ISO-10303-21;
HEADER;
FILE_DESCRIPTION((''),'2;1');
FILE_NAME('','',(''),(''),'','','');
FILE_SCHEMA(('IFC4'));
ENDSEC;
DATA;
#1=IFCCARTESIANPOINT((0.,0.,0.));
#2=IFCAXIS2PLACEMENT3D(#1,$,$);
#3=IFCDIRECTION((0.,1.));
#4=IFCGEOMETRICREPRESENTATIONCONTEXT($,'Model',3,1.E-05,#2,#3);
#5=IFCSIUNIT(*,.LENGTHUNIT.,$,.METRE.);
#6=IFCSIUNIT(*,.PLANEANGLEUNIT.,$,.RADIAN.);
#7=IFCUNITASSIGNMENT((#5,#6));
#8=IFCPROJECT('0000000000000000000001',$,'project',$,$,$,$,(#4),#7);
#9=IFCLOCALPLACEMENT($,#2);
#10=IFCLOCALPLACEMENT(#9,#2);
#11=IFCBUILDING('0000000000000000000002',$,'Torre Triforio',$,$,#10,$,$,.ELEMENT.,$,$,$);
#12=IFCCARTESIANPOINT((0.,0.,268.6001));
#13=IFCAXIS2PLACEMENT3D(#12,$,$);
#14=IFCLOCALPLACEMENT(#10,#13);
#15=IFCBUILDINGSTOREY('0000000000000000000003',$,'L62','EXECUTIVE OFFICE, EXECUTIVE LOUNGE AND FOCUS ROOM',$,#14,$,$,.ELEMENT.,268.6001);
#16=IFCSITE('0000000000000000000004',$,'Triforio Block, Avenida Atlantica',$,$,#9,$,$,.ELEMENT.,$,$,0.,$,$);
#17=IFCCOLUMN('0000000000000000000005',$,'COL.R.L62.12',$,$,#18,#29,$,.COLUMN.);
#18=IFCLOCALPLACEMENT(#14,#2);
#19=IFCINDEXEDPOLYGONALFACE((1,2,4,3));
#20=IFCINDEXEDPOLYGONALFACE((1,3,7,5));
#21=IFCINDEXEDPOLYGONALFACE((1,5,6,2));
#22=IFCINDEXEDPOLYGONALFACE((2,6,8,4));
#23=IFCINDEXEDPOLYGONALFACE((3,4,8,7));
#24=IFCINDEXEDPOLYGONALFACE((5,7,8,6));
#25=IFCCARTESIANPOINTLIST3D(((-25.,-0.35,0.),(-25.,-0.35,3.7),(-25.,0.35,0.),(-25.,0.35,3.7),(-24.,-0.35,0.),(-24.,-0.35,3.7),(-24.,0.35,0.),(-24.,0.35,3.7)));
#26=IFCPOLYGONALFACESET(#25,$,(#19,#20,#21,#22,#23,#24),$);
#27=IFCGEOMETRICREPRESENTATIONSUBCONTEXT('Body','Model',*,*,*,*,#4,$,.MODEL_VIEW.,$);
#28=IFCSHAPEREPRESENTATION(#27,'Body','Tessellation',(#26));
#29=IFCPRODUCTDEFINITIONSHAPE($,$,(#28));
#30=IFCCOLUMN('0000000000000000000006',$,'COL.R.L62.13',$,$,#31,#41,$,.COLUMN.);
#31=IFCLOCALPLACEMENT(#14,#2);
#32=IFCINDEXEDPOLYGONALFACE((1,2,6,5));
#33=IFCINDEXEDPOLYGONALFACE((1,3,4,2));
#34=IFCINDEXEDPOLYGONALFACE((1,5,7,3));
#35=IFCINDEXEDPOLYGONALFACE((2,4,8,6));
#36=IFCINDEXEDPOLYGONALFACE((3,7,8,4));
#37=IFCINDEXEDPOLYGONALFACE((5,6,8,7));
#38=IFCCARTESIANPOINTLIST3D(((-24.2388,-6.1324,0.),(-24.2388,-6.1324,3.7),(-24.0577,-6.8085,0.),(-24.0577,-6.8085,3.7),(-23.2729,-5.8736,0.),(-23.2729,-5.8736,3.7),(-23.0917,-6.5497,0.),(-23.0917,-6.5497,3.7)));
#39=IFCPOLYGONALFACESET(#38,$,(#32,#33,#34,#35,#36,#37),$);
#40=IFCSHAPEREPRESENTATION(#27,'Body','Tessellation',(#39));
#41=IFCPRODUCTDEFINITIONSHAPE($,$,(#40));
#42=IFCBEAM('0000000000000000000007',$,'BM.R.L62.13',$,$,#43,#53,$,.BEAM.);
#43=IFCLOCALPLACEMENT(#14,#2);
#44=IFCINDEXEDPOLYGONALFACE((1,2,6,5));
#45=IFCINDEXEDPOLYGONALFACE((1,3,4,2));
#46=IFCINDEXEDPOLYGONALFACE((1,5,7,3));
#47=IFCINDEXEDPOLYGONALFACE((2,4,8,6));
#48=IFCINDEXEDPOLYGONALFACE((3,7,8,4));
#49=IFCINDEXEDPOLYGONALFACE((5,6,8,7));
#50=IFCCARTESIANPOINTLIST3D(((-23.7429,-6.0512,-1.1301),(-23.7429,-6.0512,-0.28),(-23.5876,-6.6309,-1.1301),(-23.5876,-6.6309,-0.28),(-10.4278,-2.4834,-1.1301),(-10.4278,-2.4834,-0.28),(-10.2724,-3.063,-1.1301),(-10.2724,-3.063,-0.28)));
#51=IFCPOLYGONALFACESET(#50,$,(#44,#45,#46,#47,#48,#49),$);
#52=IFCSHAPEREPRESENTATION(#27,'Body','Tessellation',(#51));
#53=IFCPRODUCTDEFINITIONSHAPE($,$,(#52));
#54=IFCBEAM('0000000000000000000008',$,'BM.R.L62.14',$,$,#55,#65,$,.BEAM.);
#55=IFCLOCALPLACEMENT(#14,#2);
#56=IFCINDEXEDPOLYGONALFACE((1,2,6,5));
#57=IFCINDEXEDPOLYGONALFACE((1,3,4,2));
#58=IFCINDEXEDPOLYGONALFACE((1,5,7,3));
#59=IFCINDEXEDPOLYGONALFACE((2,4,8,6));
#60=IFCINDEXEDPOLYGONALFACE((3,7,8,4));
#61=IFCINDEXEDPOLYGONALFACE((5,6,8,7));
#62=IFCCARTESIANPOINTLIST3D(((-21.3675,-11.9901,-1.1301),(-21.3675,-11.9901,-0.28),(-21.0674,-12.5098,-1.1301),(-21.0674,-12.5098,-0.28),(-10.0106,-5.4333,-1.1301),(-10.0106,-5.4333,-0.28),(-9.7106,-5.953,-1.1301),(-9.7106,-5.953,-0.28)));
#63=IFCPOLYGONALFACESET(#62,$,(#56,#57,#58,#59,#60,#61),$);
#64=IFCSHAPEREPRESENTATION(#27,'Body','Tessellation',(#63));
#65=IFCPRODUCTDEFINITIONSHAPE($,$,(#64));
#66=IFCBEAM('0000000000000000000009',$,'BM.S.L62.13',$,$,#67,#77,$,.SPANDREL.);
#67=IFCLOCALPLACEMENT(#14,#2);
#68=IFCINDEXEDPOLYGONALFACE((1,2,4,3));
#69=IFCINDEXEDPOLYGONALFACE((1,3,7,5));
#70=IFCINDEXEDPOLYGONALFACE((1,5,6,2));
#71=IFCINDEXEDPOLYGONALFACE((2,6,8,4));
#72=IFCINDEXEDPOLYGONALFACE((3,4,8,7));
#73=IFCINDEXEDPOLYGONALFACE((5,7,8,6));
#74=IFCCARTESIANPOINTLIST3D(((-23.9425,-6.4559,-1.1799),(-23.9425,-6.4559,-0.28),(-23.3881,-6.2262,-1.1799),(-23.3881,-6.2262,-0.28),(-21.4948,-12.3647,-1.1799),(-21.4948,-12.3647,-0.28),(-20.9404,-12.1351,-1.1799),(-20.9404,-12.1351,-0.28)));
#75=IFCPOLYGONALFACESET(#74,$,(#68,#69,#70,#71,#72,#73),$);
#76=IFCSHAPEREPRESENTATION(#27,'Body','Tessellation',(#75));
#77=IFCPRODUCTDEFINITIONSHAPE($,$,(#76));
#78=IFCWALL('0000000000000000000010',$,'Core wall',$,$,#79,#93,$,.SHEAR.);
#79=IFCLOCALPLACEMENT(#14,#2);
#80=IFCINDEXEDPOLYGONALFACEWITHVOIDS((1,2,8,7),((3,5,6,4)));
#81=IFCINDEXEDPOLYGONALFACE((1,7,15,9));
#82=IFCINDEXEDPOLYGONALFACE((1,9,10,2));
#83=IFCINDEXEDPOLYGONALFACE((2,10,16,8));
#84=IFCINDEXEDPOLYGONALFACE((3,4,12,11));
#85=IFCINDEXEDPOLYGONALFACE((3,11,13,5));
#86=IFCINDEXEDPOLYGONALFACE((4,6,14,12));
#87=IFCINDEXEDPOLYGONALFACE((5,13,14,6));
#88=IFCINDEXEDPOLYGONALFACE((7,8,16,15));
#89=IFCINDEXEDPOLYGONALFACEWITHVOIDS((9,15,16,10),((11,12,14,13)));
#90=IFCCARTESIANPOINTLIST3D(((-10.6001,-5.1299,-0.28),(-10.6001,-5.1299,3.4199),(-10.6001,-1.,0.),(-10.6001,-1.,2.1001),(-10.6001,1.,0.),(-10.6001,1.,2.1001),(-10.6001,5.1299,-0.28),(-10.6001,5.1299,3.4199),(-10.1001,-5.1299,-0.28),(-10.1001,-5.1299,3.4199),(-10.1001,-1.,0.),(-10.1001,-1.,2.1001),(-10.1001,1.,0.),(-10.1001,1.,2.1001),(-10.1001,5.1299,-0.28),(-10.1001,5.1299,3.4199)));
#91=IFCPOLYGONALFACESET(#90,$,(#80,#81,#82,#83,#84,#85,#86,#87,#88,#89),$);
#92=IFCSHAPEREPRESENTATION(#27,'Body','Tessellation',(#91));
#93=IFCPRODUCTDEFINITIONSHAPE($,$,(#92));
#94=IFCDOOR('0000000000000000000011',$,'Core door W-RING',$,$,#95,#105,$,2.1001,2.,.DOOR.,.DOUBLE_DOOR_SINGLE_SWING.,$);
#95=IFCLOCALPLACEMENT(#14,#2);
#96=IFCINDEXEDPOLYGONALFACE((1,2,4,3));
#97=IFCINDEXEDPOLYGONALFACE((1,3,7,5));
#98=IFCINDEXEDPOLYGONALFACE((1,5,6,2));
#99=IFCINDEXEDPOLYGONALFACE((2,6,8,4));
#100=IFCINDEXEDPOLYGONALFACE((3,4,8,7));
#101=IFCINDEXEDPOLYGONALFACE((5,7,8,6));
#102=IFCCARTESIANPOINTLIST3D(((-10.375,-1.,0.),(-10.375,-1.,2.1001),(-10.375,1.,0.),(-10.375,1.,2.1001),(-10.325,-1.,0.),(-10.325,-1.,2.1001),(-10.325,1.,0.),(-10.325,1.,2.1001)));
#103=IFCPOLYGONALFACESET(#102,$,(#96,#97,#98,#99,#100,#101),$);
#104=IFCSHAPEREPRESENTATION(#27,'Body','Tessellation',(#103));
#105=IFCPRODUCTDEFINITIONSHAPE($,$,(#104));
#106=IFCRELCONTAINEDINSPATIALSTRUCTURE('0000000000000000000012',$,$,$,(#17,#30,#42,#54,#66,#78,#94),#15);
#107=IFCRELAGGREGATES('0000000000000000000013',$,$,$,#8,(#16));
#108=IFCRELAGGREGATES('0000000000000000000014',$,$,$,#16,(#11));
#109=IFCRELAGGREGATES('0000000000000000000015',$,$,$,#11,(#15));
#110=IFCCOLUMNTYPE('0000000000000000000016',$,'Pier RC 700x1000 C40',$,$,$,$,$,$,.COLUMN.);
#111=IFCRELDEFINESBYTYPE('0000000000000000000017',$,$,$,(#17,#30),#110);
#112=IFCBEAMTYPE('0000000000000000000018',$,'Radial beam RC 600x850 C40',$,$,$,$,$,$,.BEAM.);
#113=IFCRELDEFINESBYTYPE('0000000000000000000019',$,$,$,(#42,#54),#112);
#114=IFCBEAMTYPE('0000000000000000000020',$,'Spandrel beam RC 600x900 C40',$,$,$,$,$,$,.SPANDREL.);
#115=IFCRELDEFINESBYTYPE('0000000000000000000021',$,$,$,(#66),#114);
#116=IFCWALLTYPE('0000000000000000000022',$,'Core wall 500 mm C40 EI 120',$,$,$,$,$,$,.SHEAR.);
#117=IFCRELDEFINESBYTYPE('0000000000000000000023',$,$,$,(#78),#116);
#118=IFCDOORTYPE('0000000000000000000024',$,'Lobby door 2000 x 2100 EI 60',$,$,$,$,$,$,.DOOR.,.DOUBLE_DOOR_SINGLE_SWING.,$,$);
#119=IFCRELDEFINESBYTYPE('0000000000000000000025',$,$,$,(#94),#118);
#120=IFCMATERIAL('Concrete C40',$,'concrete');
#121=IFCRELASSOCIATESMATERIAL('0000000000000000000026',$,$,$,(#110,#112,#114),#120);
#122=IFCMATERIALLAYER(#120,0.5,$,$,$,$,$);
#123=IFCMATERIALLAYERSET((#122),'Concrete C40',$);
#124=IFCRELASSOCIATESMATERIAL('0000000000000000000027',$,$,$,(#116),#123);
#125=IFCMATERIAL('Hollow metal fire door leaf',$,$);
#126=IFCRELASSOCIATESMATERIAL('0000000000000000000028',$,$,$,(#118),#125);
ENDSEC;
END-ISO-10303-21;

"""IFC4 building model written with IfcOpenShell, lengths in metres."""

from ifc_helpers import new_model, si_unit, direction, frame, frame_2d, origin, origin_2d, place, context, subcontext, project, spatial, rectangle, extrude, material, layer, layer_set, material_profile, profile_set, type_object, element, fill, save


model = new_model("IFC4")

# Units and contexts
model_context = context("Model", 3, precision=1e-05, world=origin(), true_north=direction((0.0, 1.0)))
body_context = subcontext(model_context, "Body", "Model", "MODEL_VIEW")
ifc_project = project(units=[si_unit("LENGTHUNIT", "METRE"), si_unit("PLANEANGLEUNIT", "RADIAN")], contexts=[model_context])

# Site, building, storey
site_placement = place(None, origin())
site = spatial("IfcSite", under=ifc_project, at=site_placement, Name="Triforio Block, Avenida Atlantica", CompositionType="ELEMENT", RefElevation=0.0)
building_placement = place(site_placement, origin())
building = spatial("IfcBuilding", under=site, at=building_placement, Name="Torre Triforio", CompositionType="ELEMENT")
storey_placement = place(building_placement, frame((0.0, 0.0, 268.6001)))
storey = spatial("IfcBuildingStorey", under=building, at=storey_placement, Name="L62", Description="EXECUTIVE OFFICE, EXECUTIVE LOUNGE AND FOCUS ROOM", CompositionType="ELEMENT", Elevation=268.6001)

# Columns
ifc_material_1 = material(Name="Concrete C40", Category="concrete")
ifc_material_profile_1 = material_profile(ifc_material_1, rectangle(XDim=0.7, YDim=1.0, at=origin_2d()), Name="RC 700x1000")
ifc_profile_set_1 = profile_set([ifc_material_profile_1], Name="Concrete C40")
column_type = type_object("IfcColumnType", Name="Pier RC 700x1000 C40", PredefinedType="COLUMN", material=ifc_profile_set_1)
for number, where, z_axis, x_axis, name in (
    (1, (-24.5, 0.0, 0.0), (0.0, 0.0, 1.0), (0.0, -1.0, 0.0), "COL.R.L62.12"),
    (2, (-23.6653, -6.3411, 0.0), (0.0, 0.0, 1.0), (0.258819, -0.965926, 0.0), "COL.R.L62.13"),
):
    element("IfcColumn", number, at=place(storey_placement, frame(where, z_axis=z_axis, x_axis=x_axis)), inside=storey, type_object=column_type, Name=name, PredefinedType="COLUMN", context=body_context, shape_type="SweptSolid", body=[
        extrude(rectangle(XDim=0.7, YDim=1.0, at=origin_2d()), origin(), (0.0, 0.0, 1.0), 3.7),
    ])

# Beams
ifc_material_profile_2 = material_profile(ifc_material_1, rectangle(XDim=0.6001, YDim=0.8501, at=origin_2d()), Name="RC 600x850")
ifc_profile_set_2 = profile_set([ifc_material_profile_2], Name="Concrete C40")
beam_type_1 = type_object("IfcBeamType", Name="Radial beam RC 600x850 C40", PredefinedType="BEAM", material=ifc_profile_set_2)
beam_1_placement = place(storey_placement, frame((-10.3501, -2.7732, -0.7051), z_axis=(-0.965924, -0.258824, 0.0), x_axis=(0.258824, -0.965924, 0.0)))
element("IfcBeam", 3, at=beam_1_placement, inside=storey, type_object=beam_type_1, Name="BM.R.L62.13", PredefinedType="BEAM", context=body_context, shape_type="SweptSolid", body=[
    extrude(rectangle(XDim=0.6001, YDim=0.8501, at=origin_2d()), origin(), (0.0, 0.0, 1.0), 13.7849),
])
beam_2_placement = place(storey_placement, frame((-9.8606, -5.6931, -0.7051), z_axis=(-0.866027, -0.499997, 0.0), x_axis=(0.499997, -0.866027, 0.0)))
element("IfcBeam", 4, at=beam_2_placement, inside=storey, type_object=beam_type_1, Name="BM.R.L62.14", PredefinedType="BEAM", context=body_context, shape_type="SweptSolid", body=[
    extrude(rectangle(XDim=0.6001, YDim=0.8501, at=origin_2d()), origin(), (0.0, 0.0, 1.0), 13.1138),
])
ifc_material_profile_3 = material_profile(ifc_material_1, rectangle(XDim=0.6001, YDim=0.8999, at=origin_2d()), Name="RC 600x900")
ifc_profile_set_3 = profile_set([ifc_material_profile_3], Name="Concrete C40")
beam_type_2 = type_object("IfcBeamType", Name="Spandrel beam RC 600x900 C40", PredefinedType="SPANDREL", material=ifc_profile_set_3)
beam_3_placement = place(storey_placement, frame((-23.6653, -6.3411, -0.73), z_axis=(0.382709, -0.923869, 0.0), x_axis=(0.923869, 0.382709, 0.0)))
element("IfcBeam", 5, at=beam_3_placement, inside=storey, type_object=beam_type_2, Name="BM.S.L62.13", PredefinedType="SPANDREL", context=body_context, shape_type="SweptSolid", body=[
    extrude(rectangle(XDim=0.6001, YDim=0.8999, at=origin_2d()), origin(), (0.0, 0.0, 1.0), 6.3958),
])

# Wall, opening, door
ifc_layer_1 = layer(ifc_material_1, 0.5)
ifc_layer_set_1 = layer_set([ifc_layer_1], Name="Concrete C40")
wall_type_1 = type_object("IfcWallType", Name="Core wall 500 mm C40 EI 120", PredefinedType="SHEAR", material=ifc_layer_set_1)
wall_1_placement = place(storey_placement, frame((-10.3501, -5.1299, -0.28), z_axis=(0.0, 0.0, 1.0), x_axis=(0.0, 1.0, 0.0)))
wall_1 = element("IfcWall", 6, at=wall_1_placement, inside=storey, type_object=wall_type_1, Name="Core wall", PredefinedType="SHEAR", context=body_context, shape_type="SweptSolid", body=[
    extrude(rectangle(XDim=10.2598, YDim=0.5, at=frame_2d((5.1299, 0.0))), origin(), (0.0, 0.0, 1.0), 3.7),
])
opening_1_placement = place(wall_1_placement, frame((4.1299, 0.0, 0.28)))
opening_1 = element("IfcOpeningElement", 7, at=opening_1_placement, cuts=wall_1, PredefinedType="OPENING", context=body_context, shape_type="SweptSolid", body=[
    extrude(rectangle(XDim=2.0, YDim=2.1001, at=frame_2d((1.0, 1.05))), frame((0.0, 0.26, 0.0), z_axis=(0.0, -1.0, 0.0), x_axis=(1.0, 0.0, 0.0)), (0.0, 0.0, 1.0), 0.52),
])
ifc_material_2 = material(Name="Hollow metal fire door leaf")
door_type_1 = type_object("IfcDoorType", Name="Lobby door 2000 x 2100 EI 60", OperationType="DOUBLE_DOOR_SINGLE_SWING", PredefinedType="DOOR", material=ifc_material_2)
door_1_placement = place(opening_1_placement, origin())
door_1 = element("IfcDoor", 8, at=door_1_placement, inside=storey, type_object=door_type_1, Name="Core door W-RING", OperationType="DOUBLE_DOOR_SINGLE_SWING", OverallHeight=2.1001, OverallWidth=2.0, PredefinedType="DOOR", context=body_context, shape_type="SweptSolid", body=[
    extrude(rectangle(XDim=2.0, YDim=2.1001, at=frame_2d((1.0, 1.05))), frame((0.0, 0.0249, 0.0), z_axis=(0.0, -1.0, 0.0), x_axis=(1.0, 0.0, 0.0)), (0.0, 0.0, 1.0), 0.05),
])
fill(opening_1, door_1)

save(model, "model.ifc")
